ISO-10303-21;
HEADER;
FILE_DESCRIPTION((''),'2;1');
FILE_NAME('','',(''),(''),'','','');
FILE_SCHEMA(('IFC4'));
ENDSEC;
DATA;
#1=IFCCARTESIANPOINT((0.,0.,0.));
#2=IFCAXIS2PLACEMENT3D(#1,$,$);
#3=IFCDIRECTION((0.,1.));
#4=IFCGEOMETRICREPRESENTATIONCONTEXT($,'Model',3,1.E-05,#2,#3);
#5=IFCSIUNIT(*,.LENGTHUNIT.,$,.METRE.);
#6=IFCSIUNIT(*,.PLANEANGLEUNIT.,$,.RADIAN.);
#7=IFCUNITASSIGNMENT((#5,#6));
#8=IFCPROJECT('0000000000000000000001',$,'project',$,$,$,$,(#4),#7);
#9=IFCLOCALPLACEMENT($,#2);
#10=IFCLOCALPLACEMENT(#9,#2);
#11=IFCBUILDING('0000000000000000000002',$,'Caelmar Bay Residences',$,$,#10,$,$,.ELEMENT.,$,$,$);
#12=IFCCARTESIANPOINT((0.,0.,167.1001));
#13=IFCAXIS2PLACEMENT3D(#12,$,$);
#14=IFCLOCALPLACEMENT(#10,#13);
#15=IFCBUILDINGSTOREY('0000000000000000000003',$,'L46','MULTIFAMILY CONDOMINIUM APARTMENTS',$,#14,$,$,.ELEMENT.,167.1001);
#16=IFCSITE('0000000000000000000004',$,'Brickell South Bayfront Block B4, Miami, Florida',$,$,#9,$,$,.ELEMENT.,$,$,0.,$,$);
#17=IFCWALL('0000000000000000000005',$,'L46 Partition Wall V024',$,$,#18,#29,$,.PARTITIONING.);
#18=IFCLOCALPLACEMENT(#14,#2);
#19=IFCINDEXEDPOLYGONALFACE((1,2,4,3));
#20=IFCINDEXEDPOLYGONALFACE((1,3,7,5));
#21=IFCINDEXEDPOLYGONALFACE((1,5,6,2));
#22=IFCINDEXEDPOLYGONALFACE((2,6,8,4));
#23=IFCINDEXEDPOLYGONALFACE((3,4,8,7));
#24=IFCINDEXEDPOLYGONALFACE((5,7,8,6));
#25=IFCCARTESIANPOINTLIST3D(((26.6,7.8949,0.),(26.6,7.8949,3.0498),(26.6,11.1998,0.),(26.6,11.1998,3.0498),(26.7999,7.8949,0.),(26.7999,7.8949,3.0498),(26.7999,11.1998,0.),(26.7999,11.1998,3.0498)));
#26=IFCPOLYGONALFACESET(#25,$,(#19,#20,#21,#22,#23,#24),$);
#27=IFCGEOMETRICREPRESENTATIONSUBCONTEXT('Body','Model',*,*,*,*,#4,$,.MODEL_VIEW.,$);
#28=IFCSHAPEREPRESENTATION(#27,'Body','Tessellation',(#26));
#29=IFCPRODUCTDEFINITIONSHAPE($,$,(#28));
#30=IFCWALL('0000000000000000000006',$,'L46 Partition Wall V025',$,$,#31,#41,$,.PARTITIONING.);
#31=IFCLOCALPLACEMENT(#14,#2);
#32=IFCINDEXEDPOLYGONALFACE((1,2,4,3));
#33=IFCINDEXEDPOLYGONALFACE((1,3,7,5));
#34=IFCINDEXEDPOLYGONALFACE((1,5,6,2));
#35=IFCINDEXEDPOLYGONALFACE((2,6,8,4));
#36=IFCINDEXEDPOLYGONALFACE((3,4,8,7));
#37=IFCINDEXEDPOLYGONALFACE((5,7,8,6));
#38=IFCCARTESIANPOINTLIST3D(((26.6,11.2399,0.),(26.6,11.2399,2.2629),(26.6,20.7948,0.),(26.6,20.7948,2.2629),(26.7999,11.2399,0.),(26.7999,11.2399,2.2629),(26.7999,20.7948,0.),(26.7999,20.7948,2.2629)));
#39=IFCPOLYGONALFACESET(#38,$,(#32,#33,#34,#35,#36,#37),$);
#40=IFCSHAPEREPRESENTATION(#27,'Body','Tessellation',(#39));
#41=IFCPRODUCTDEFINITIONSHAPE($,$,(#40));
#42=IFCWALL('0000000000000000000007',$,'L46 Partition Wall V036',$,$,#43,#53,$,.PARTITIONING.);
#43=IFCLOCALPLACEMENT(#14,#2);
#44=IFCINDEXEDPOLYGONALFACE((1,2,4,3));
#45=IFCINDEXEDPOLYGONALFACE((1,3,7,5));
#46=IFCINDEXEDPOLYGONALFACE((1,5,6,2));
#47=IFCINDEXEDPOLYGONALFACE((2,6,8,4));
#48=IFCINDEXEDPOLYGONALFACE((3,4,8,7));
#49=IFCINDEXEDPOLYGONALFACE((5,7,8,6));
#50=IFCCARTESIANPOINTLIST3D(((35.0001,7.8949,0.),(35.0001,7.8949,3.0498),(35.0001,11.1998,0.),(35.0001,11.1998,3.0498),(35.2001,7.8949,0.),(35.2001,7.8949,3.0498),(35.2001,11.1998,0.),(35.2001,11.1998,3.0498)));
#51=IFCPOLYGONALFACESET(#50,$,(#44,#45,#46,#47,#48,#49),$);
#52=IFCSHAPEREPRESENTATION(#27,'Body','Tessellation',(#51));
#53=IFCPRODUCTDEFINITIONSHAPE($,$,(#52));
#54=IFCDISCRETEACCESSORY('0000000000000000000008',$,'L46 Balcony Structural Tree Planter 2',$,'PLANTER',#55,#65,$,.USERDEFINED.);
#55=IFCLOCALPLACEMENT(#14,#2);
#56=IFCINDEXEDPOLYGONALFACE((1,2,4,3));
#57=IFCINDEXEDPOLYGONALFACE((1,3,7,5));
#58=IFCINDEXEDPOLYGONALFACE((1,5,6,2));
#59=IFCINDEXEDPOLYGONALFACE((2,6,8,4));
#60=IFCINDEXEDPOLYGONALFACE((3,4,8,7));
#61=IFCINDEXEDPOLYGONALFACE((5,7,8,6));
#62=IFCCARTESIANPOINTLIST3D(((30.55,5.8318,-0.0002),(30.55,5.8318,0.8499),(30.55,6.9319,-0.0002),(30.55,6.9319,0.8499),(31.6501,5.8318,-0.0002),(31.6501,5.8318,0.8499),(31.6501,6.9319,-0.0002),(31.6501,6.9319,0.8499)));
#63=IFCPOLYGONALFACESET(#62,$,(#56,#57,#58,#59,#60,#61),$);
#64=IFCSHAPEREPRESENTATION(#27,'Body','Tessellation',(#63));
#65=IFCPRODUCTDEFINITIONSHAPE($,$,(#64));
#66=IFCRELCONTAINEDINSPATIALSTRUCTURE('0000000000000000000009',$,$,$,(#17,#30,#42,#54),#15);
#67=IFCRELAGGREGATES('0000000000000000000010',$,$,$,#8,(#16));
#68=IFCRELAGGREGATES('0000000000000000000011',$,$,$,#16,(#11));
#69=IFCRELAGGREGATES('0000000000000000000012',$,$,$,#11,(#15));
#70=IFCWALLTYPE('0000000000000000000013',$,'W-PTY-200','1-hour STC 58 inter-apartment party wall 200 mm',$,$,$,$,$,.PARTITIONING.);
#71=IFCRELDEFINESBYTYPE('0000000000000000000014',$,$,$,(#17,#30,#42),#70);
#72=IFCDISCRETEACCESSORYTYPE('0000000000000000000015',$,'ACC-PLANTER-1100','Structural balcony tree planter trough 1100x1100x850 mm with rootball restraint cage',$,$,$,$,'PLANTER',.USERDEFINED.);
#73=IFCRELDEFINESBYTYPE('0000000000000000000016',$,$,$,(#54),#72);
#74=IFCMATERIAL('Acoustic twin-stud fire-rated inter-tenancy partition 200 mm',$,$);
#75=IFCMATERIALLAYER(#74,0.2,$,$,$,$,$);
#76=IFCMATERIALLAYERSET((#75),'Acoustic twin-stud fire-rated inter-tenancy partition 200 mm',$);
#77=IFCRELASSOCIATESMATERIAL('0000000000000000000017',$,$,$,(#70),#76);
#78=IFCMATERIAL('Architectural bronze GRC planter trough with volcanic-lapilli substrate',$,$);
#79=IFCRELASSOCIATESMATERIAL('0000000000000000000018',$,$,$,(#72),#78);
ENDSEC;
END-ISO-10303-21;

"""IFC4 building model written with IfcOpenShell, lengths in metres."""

from ifc_helpers import new_model, si_unit, direction, frame, frame_2d, origin, origin_2d, place, context, subcontext, project, spatial, rectangle, extrude, material, layer, layer_set, type_object, element, save


model = new_model("IFC4")

# Units and contexts
model_context = context("Model", 3, precision=1e-05, world=origin(), true_north=direction((0.0, 1.0)))
body_context = subcontext(model_context, "Body", "Model", "MODEL_VIEW")
ifc_project = project(units=[si_unit("LENGTHUNIT", "METRE"), si_unit("PLANEANGLEUNIT", "RADIAN")], contexts=[model_context])

# Site, building, storey
site_placement = place(None, origin())
site = spatial("IfcSite", under=ifc_project, at=site_placement, Name="Brickell South Bayfront Block B4, Miami, Florida", CompositionType="ELEMENT", RefElevation=0.0)
building_placement = place(site_placement, origin())
building = spatial("IfcBuilding", under=site, at=building_placement, Name="Caelmar Bay Residences", CompositionType="ELEMENT")
storey_placement = place(building_placement, frame((0.0, 0.0, 167.1001)))
storey = spatial("IfcBuildingStorey", under=building, at=storey_placement, Name="L46", Description="MULTIFAMILY CONDOMINIUM APARTMENTS", CompositionType="ELEMENT", Elevation=167.1001)

# Walls
ifc_material_1 = material(Name="Acoustic twin-stud fire-rated inter-tenancy partition 200 mm")
ifc_layer_1 = layer(ifc_material_1, 0.2)
ifc_layer_set_1 = layer_set([ifc_layer_1], Name="Acoustic twin-stud fire-rated inter-tenancy partition 200 mm")
wall_type_1 = type_object("IfcWallType", Name="W-PTY-200", Description="1-hour STC 58 inter-apartment party wall 200 mm", PredefinedType="PARTITIONING", material=ifc_layer_set_1)
wall_1_placement = place(storey_placement, frame((26.7, 7.895, 0.0), z_axis=(0.0, 0.0, 1.0), x_axis=(0.0, 1.0, 0.0)))
element("IfcWall", 1, at=wall_1_placement, inside=storey, type_object=wall_type_1, Name="L46 Partition Wall V024", PredefinedType="PARTITIONING", context=body_context, shape_type="SweptSolid", body=[
    extrude(rectangle(XDim=3.3049, YDim=0.2, at=frame_2d((1.6523, 0.0))), origin(), (0.0, 0.0, 1.0), 3.0498),
])
wall_2_placement = place(storey_placement, frame((26.7, 11.24, 0.0), z_axis=(0.0, 0.0, 1.0), x_axis=(0.0, 1.0, 0.0)))
element("IfcWall", 2, at=wall_2_placement, inside=storey, type_object=wall_type_1, Name="L46 Partition Wall V025", PredefinedType="PARTITIONING", context=body_context, shape_type="SweptSolid", body=[
    extrude(rectangle(XDim=9.5549, YDim=0.2, at=frame_2d((4.7773, 0.0))), origin(), (0.0, 0.0, 1.0), 2.2629),
])
wall_3_placement = place(storey_placement, frame((35.1001, 7.895, 0.0), z_axis=(0.0, 0.0, 1.0), x_axis=(0.0, 1.0, 0.0)))
element("IfcWall", 3, at=wall_3_placement, inside=storey, type_object=wall_type_1, Name="L46 Partition Wall V036", PredefinedType="PARTITIONING", context=body_context, shape_type="SweptSolid", body=[
    extrude(rectangle(XDim=3.3049, YDim=0.2, at=frame_2d((1.6523, 0.0))), origin(), (0.0, 0.0, 1.0), 3.0498),
])

# Discrete accessory
ifc_material_2 = material(Name="Architectural bronze GRC planter trough with volcanic-lapilli substrate")
discrete_accessory_type = type_object("IfcDiscreteAccessoryType", Name="ACC-PLANTER-1100", Description="Structural balcony tree planter trough 1100x1100x850 mm with rootball restraint cage", ElementType="PLANTER", PredefinedType="USERDEFINED", material=ifc_material_2)
discrete_accessory_placement = place(storey_placement, frame((31.1001, 6.3818, -0.0002), z_axis=(0.0, 0.0, 1.0), x_axis=(1.0, 0.0, 0.0)))
element("IfcDiscreteAccessory", 4, at=discrete_accessory_placement, inside=storey, type_object=discrete_accessory_type, Name="L46 Balcony Structural Tree Planter 2", ObjectType="PLANTER", PredefinedType="USERDEFINED", context=body_context, shape_type="SweptSolid", body=[
    extrude(rectangle(XDim=1.1001, YDim=1.1001, at=origin_2d()), origin(), (0.0, 0.0, 1.0), 0.8501),
])

save(model, "model.ifc")
